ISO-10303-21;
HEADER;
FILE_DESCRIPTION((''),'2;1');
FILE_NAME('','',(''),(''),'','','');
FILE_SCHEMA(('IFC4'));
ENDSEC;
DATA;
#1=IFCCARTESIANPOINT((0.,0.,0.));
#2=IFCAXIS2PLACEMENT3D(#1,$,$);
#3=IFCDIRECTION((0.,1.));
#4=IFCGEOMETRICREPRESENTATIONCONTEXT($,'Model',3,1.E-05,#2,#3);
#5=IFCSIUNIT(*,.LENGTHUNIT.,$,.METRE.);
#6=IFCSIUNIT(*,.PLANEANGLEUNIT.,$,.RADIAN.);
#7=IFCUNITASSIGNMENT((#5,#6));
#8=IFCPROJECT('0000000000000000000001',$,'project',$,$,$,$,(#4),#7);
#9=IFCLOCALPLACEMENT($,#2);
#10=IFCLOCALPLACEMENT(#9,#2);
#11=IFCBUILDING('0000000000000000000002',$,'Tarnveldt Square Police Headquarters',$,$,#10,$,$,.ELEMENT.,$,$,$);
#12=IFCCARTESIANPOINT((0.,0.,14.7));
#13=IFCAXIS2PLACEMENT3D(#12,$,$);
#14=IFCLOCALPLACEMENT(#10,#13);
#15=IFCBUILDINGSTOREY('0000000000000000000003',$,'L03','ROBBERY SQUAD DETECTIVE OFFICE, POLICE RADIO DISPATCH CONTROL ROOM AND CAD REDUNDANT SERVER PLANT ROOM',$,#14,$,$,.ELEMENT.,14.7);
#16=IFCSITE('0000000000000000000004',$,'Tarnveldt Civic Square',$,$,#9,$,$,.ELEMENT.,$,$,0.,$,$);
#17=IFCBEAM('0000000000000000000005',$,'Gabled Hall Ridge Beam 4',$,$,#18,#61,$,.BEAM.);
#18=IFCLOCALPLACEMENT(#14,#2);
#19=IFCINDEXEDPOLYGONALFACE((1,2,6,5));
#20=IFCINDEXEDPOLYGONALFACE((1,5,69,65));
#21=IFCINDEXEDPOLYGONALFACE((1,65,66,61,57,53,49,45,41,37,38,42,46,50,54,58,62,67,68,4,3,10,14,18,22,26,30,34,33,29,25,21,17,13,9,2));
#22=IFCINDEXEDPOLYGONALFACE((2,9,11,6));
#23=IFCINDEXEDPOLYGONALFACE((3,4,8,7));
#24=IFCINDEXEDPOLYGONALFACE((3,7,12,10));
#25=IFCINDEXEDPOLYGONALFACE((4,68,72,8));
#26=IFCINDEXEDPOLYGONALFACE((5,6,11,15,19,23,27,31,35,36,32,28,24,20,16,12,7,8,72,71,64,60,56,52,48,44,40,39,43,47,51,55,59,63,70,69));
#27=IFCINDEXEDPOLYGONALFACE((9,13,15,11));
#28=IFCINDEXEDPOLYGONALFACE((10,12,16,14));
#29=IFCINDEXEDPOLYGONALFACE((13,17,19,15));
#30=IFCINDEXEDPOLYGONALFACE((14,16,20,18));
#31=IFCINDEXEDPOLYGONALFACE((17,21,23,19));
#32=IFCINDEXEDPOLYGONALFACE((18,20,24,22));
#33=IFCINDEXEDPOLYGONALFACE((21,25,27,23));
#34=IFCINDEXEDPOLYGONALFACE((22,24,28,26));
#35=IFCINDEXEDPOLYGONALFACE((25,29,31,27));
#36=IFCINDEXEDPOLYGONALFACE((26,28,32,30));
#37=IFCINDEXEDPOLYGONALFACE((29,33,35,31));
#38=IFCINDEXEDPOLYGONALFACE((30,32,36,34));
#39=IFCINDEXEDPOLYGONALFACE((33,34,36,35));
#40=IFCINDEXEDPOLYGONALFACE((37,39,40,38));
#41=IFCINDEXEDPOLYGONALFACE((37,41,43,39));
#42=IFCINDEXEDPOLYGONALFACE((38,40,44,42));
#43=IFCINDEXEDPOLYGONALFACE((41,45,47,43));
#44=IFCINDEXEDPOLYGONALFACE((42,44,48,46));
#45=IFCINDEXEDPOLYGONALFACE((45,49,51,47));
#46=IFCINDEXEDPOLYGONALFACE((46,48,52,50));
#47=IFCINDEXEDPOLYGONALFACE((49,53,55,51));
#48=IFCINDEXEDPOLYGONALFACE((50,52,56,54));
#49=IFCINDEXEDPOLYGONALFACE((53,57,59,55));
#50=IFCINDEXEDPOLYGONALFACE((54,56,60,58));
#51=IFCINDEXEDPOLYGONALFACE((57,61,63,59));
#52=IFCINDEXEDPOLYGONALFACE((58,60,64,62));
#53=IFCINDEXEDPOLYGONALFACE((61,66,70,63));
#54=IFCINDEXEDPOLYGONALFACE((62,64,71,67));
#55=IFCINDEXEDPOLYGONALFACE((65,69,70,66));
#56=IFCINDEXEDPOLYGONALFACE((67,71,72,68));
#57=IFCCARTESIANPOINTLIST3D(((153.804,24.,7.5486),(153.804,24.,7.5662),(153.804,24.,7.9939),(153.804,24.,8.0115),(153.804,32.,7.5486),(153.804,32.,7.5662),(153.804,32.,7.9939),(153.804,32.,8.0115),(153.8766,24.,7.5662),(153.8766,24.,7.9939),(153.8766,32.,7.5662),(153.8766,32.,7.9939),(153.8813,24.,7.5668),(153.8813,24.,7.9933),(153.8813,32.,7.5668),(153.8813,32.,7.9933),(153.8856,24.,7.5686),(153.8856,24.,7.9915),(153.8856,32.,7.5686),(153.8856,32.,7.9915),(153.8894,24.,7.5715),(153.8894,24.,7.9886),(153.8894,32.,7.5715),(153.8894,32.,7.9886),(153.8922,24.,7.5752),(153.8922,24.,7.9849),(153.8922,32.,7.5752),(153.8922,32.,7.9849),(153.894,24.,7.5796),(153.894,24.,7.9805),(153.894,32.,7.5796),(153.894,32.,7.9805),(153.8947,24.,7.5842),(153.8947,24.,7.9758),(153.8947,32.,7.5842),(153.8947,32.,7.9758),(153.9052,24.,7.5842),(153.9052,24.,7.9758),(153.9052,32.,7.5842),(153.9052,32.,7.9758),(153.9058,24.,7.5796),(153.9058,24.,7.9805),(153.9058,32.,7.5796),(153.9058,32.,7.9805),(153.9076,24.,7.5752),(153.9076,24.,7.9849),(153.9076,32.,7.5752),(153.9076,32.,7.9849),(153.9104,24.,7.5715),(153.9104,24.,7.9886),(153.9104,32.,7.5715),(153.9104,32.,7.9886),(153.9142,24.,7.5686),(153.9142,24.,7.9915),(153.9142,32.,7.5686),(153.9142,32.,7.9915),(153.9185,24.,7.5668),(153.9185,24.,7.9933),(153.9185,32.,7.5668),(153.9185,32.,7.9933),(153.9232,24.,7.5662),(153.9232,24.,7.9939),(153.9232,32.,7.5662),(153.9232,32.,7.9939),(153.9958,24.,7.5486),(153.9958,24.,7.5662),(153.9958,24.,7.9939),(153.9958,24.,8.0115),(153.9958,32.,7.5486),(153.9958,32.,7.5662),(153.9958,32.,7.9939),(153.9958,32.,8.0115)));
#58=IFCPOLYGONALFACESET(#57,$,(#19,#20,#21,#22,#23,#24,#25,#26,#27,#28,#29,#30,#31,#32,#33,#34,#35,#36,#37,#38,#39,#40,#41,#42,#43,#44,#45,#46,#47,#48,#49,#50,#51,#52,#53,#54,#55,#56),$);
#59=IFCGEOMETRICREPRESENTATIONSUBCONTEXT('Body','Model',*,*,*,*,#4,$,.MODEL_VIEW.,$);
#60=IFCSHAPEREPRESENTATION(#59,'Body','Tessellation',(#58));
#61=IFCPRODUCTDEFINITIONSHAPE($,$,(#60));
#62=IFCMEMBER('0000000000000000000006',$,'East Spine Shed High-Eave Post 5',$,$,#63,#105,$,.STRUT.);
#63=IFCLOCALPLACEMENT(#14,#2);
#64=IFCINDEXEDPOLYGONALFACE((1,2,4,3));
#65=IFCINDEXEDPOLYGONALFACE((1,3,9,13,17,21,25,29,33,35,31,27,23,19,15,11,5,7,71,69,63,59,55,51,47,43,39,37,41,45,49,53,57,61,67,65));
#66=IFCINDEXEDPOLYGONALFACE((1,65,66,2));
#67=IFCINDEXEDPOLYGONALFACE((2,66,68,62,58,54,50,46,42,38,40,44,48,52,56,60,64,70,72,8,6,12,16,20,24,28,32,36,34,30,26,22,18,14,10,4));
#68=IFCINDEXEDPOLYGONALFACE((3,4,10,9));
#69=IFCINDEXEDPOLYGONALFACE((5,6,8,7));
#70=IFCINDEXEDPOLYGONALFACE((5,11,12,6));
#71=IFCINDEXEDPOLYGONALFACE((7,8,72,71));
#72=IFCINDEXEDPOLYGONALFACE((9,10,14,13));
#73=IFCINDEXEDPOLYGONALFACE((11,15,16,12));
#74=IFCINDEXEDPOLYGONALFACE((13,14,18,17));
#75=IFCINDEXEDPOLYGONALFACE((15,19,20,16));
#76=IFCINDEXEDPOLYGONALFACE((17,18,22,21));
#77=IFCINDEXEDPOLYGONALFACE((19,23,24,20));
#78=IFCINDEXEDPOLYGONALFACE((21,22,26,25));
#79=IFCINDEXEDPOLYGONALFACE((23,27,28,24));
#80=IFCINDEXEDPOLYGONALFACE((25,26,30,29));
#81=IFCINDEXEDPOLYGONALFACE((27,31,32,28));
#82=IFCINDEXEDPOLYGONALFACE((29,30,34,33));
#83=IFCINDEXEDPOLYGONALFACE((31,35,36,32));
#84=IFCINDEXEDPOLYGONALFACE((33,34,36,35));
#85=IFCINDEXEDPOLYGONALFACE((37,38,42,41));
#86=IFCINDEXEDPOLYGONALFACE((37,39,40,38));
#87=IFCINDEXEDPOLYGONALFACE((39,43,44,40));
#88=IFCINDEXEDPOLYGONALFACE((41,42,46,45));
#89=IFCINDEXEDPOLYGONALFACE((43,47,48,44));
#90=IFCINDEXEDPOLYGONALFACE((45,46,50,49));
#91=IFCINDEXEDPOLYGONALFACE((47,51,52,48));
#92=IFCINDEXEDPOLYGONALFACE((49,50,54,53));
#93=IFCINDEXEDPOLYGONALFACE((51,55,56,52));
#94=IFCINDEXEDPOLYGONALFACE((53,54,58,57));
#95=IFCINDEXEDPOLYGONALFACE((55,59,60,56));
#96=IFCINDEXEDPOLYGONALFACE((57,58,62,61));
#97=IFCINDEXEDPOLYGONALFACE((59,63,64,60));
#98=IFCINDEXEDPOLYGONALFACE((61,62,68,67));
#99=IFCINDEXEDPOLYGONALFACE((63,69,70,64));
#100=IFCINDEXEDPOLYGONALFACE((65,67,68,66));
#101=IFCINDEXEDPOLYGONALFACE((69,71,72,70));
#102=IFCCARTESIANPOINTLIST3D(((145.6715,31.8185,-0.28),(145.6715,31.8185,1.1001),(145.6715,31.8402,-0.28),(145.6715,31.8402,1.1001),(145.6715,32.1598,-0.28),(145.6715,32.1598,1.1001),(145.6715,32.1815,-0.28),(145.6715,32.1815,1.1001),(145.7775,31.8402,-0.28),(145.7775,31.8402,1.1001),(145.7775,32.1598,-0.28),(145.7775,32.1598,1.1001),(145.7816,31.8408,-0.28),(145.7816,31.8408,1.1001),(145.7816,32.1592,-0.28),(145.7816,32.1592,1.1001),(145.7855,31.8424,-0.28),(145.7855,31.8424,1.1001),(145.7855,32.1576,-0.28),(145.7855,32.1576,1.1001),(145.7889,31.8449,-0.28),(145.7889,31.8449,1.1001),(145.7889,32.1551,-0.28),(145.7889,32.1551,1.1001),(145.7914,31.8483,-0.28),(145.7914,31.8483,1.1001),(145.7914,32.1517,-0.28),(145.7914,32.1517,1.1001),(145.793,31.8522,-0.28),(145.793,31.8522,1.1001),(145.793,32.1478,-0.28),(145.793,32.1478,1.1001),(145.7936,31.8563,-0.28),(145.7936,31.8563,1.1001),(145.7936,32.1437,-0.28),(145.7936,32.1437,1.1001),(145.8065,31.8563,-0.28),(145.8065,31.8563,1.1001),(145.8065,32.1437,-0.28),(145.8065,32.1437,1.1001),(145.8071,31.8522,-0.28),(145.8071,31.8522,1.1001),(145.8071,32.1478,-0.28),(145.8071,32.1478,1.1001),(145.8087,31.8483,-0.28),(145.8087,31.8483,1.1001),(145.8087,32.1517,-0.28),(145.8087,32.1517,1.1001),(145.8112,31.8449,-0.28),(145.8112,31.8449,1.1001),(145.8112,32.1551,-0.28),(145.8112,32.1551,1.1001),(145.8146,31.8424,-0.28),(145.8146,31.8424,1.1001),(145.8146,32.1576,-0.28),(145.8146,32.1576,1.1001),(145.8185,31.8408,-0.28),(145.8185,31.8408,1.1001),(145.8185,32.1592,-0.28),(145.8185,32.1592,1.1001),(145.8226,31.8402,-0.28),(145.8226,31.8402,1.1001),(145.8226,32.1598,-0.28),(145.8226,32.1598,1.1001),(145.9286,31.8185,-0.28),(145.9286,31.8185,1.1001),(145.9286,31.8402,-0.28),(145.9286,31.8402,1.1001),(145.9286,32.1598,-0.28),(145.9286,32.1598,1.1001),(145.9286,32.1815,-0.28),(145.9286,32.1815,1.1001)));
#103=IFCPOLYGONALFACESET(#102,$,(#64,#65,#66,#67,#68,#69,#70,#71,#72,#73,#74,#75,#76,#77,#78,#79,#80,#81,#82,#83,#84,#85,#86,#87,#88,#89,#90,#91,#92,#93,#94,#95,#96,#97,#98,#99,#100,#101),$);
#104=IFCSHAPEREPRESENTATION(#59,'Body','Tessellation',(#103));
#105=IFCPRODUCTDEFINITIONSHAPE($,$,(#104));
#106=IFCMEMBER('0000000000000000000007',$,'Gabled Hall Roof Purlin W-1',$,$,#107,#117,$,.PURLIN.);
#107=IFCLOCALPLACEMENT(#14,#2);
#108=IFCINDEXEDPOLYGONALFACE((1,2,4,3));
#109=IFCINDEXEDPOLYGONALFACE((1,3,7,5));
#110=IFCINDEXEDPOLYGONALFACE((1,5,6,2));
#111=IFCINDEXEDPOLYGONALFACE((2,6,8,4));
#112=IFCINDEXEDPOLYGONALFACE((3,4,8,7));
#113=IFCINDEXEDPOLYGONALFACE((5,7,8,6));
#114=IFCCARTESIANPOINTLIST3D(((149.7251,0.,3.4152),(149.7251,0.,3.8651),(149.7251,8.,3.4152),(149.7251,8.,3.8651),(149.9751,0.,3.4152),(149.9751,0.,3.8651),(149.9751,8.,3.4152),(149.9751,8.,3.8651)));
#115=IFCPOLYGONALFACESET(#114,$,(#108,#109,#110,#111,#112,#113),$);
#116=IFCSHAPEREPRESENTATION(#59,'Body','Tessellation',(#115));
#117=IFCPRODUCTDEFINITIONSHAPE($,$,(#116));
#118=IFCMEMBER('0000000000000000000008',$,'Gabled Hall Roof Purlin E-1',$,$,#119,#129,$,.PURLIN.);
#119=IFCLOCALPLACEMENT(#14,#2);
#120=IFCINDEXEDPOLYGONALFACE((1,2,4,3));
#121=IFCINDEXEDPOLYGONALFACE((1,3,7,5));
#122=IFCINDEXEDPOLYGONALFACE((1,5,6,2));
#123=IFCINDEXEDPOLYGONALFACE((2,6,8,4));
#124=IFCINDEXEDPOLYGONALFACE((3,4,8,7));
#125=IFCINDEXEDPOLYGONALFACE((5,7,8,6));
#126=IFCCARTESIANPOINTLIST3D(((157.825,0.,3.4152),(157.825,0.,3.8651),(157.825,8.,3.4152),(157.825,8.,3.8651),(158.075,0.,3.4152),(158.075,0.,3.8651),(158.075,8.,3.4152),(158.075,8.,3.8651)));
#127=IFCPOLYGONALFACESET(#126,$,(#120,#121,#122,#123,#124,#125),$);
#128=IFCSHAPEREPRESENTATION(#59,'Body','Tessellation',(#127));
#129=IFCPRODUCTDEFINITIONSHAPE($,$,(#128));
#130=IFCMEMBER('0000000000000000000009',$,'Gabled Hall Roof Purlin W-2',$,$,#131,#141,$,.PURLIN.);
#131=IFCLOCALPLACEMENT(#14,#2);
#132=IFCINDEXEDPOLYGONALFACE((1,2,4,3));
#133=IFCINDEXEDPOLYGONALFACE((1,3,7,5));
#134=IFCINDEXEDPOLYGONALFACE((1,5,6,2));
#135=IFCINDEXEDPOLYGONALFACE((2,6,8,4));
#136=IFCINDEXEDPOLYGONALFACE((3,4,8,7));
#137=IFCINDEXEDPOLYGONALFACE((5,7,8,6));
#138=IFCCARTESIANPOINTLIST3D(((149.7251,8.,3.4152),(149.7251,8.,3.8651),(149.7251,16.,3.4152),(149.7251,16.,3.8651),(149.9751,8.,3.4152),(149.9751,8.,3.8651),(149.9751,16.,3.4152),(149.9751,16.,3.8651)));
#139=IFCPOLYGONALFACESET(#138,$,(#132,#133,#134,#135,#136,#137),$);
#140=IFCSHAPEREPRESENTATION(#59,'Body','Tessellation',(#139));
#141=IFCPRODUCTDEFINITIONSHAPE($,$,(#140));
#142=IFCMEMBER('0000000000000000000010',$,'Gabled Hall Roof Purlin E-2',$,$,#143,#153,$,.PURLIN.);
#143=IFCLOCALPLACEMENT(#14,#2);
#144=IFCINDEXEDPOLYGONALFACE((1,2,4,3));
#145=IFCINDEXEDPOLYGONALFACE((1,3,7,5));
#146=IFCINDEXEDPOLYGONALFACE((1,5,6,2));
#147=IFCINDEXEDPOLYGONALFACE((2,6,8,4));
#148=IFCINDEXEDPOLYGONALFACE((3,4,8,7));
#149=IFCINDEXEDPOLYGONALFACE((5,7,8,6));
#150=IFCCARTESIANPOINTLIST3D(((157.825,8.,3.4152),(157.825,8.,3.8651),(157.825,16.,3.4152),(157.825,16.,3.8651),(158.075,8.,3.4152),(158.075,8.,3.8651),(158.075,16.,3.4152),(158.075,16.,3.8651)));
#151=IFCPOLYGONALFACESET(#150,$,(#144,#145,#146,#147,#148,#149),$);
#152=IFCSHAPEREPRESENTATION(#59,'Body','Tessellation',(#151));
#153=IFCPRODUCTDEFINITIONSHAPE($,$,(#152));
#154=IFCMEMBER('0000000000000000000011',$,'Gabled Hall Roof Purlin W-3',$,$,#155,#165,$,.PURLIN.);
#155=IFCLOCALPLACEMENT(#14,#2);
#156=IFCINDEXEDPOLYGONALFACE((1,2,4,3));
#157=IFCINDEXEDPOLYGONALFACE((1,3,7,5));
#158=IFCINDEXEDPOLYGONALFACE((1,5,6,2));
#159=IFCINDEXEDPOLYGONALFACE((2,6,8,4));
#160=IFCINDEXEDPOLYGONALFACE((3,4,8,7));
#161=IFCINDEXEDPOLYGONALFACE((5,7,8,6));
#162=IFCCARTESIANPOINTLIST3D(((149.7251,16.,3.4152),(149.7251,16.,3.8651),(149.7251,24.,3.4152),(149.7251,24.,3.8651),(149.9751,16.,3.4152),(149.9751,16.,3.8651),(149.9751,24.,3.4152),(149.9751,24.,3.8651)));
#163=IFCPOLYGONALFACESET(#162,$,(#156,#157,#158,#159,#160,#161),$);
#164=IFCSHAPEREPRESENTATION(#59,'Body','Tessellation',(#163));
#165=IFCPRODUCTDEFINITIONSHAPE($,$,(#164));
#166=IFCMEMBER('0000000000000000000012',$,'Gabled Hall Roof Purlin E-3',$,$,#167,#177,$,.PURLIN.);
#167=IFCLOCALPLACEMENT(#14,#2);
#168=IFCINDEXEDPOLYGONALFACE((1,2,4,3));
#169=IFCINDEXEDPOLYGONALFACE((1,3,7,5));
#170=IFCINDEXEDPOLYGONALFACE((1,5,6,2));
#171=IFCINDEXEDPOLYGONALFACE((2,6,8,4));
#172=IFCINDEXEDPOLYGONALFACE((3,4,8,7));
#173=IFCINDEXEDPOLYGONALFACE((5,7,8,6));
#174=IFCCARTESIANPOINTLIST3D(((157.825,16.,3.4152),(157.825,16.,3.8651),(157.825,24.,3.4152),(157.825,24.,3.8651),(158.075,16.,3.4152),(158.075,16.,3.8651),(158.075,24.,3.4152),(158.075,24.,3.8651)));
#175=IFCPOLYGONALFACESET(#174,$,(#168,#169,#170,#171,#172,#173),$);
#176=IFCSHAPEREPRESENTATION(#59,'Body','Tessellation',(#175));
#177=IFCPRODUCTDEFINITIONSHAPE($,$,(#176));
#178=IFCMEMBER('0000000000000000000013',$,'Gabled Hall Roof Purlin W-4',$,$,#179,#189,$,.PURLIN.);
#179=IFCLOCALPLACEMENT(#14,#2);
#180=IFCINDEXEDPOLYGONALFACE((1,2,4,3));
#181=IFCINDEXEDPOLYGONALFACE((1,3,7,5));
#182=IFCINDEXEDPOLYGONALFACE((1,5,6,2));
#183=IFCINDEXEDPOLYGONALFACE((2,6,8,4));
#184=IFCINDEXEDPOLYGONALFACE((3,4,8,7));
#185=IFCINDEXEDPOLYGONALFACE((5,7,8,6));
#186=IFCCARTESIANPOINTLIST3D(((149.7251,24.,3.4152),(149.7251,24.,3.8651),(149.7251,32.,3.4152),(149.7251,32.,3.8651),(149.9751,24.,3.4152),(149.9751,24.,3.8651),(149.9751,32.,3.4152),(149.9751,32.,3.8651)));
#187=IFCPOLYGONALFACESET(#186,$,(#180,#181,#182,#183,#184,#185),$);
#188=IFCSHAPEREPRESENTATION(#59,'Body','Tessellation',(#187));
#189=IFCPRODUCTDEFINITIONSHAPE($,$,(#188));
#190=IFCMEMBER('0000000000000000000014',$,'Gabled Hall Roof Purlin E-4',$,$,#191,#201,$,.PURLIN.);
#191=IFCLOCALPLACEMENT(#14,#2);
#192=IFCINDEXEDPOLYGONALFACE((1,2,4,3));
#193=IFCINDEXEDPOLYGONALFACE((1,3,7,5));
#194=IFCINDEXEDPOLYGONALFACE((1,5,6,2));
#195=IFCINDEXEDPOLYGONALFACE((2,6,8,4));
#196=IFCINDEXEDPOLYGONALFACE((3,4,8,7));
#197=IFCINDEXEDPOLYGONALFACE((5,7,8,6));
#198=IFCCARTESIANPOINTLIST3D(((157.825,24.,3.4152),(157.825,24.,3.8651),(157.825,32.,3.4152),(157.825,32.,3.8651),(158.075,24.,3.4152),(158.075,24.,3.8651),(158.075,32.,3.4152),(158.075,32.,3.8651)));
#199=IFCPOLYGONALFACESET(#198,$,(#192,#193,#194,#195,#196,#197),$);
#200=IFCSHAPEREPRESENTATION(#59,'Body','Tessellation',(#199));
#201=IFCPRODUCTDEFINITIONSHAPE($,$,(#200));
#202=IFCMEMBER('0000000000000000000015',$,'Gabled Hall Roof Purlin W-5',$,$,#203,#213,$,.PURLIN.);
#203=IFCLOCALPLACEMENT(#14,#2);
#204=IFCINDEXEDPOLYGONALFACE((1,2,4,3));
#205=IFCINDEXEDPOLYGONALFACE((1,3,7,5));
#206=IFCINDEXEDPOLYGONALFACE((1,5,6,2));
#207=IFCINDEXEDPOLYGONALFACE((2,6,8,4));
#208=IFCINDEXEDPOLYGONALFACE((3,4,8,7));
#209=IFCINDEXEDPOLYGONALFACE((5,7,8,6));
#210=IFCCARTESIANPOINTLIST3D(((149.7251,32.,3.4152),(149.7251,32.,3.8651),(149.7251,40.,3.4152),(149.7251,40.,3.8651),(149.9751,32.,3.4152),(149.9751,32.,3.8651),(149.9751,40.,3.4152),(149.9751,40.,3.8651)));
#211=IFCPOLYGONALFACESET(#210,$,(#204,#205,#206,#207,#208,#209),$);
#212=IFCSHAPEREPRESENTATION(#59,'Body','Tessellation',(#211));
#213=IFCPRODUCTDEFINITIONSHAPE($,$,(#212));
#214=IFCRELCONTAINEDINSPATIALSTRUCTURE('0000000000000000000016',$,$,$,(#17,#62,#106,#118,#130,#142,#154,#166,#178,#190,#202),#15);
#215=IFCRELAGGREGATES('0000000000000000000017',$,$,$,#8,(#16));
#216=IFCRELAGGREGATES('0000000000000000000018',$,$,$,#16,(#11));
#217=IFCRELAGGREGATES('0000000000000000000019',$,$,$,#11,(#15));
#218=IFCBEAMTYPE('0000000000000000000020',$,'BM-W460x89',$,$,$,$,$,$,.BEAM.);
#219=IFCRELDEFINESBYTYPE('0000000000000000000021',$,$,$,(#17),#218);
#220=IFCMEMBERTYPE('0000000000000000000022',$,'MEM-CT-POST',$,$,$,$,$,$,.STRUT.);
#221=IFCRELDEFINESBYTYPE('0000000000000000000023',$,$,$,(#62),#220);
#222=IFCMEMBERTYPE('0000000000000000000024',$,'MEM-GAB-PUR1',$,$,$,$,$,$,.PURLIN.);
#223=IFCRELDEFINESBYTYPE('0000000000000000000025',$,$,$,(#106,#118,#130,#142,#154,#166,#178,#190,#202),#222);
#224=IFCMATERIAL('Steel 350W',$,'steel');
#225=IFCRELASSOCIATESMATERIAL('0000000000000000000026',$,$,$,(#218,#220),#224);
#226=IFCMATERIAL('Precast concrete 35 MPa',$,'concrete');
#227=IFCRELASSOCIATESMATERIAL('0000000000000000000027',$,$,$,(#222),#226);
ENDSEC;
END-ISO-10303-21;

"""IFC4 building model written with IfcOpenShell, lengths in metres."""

from ifc_helpers import new_model, si_unit, direction, frame, origin, origin_2d, place, context, subcontext, project, spatial, rectangle, i_section, extrude, material, material_profile, profile_set, type_object, element, save


model = new_model("IFC4")

# Units and contexts
model_context = context("Model", 3, precision=1e-05, world=origin(), true_north=direction((0.0, 1.0)))
body_context = subcontext(model_context, "Body", "Model", "MODEL_VIEW")
ifc_project = project(units=[si_unit("LENGTHUNIT", "METRE"), si_unit("PLANEANGLEUNIT", "RADIAN")], contexts=[model_context])

# Site, building, storey
site_placement = place(None, origin())
site = spatial("IfcSite", under=ifc_project, at=site_placement, Name="Tarnveldt Civic Square", CompositionType="ELEMENT", RefElevation=0.0)
building_placement = place(site_placement, origin())
building = spatial("IfcBuilding", under=site, at=building_placement, Name="Tarnveldt Square Police Headquarters", CompositionType="ELEMENT")
storey_placement = place(building_placement, frame((0.0, 0.0, 14.7)))
storey = spatial("IfcBuildingStorey", under=building, at=storey_placement, Name="L03", Description="ROBBERY SQUAD DETECTIVE OFFICE, POLICE RADIO DISPATCH CONTROL ROOM AND CAD REDUNDANT SERVER PLANT ROOM", CompositionType="ELEMENT", Elevation=14.7)

# Beam
ifc_material_1 = material(Name="Steel 350W", Category="steel")
ifc_material_profile_1 = material_profile(ifc_material_1, i_section(OverallWidth=0.1919, OverallDepth=0.4629, WebThickness=0.0105, FlangeThickness=0.0176, FilletRadius=0.0181, at=origin_2d()), Name="W460x89")
ifc_profile_set_1 = profile_set([ifc_material_profile_1], Name="Steel 350W")
beam_type_1 = type_object("IfcBeamType", Name="BM-W460x89", PredefinedType="BEAM", material=ifc_profile_set_1)
for number, where, z_axis, x_axis, name in (
    (1, (153.8999, 24.0, 7.78), (0.0, 1.0, 0.0), (-1.0, 0.0, 0.0), "Gabled Hall Ridge Beam 4"),
):
    element("IfcBeam", number, at=place(storey_placement, frame(where, z_axis=z_axis, x_axis=x_axis)), inside=storey, type_object=beam_type_1, Name=name, PredefinedType="BEAM", context=body_context, shape_type="SweptSolid", body=[
        extrude(i_section(OverallWidth=0.1919, OverallDepth=0.4629, WebThickness=0.0105, FlangeThickness=0.0176, FilletRadius=0.0181, at=origin_2d()), origin(), (0.0, 0.0, 1.0), 8.0),
    ])

# Members
ifc_material_profile_2 = material_profile(ifc_material_1, i_section(OverallWidth=0.2571, OverallDepth=0.363, WebThickness=0.0129, FlangeThickness=0.0217, FilletRadius=0.0161, at=origin_2d()), Name="W360x122")
ifc_profile_set_2 = profile_set([ifc_material_profile_2], Name="Steel 350W")
member_type_1 = type_object("IfcMemberType", Name="MEM-CT-POST", PredefinedType="STRUT", material=ifc_profile_set_2)
member_1_placement = place(storey_placement, frame((145.8, 32.0, -0.28), z_axis=(0.0, 0.0, 1.0), x_axis=(1.0, 0.0, 0.0)))
element("IfcMember", 2, at=member_1_placement, inside=storey, type_object=member_type_1, Name="East Spine Shed High-Eave Post 5", PredefinedType="STRUT", context=body_context, shape_type="SweptSolid", body=[
    extrude(i_section(OverallWidth=0.2571, OverallDepth=0.363, WebThickness=0.0129, FlangeThickness=0.0217, FilletRadius=0.0161, at=origin_2d()), origin(), (0.0, 0.0, 1.0), 1.3801),
])
ifc_material_2 = material(Name="Precast concrete 35 MPa", Category="concrete")
ifc_material_profile_3 = material_profile(ifc_material_2, rectangle(XDim=0.25, YDim=0.45, at=origin_2d()), Name="PC-PUR250x450")
ifc_profile_set_3 = profile_set([ifc_material_profile_3], Name="Precast concrete 35 MPa")
member_type_2 = type_object("IfcMemberType", Name="MEM-GAB-PUR1", PredefinedType="PURLIN", material=ifc_profile_set_3)
for number, where, z_axis, x_axis, name in (
    (3, (149.8501, 0.0, 3.6401), (0.0, 1.0, 0.0), (-1.0, 0.0, 0.0), "Gabled Hall Roof Purlin W-1"),
    (4, (157.95, 0.0, 3.6401), (0.0, 1.0, 0.0), (-1.0, 0.0, 0.0), "Gabled Hall Roof Purlin E-1"),
    (5, (149.8501, 8.0, 3.6401), (0.0, 1.0, 0.0), (-1.0, 0.0, 0.0), "Gabled Hall Roof Purlin W-2"),
    (6, (157.95, 8.0, 3.6401), (0.0, 1.0, 0.0), (-1.0, 0.0, 0.0), "Gabled Hall Roof Purlin E-2"),
    (7, (149.8501, 16.0, 3.6401), (0.0, 1.0, 0.0), (-1.0, 0.0, 0.0), "Gabled Hall Roof Purlin W-3"),
    (8, (157.95, 16.0, 3.6401), (0.0, 1.0, 0.0), (-1.0, 0.0, 0.0), "Gabled Hall Roof Purlin E-3"),
    (9, (149.8501, 24.0, 3.6401), (0.0, 1.0, 0.0), (-1.0, 0.0, 0.0), "Gabled Hall Roof Purlin W-4"),
    (10, (157.95, 24.0, 3.6401), (0.0, 1.0, 0.0), (-1.0, 0.0, 0.0), "Gabled Hall Roof Purlin E-4"),
    (11, (149.8501, 32.0, 3.6401), (0.0, 1.0, 0.0), (-1.0, 0.0, 0.0), "Gabled Hall Roof Purlin W-5"),
):
    element("IfcMember", number, at=place(storey_placement, frame(where, z_axis=z_axis, x_axis=x_axis)), inside=storey, type_object=member_type_2, Name=name, PredefinedType="PURLIN", context=body_context, shape_type="SweptSolid", body=[
        extrude(rectangle(XDim=0.25, YDim=0.45, at=origin_2d()), origin(), (0.0, 0.0, 1.0), 8.0),
    ])

save(model, "model.ifc")
